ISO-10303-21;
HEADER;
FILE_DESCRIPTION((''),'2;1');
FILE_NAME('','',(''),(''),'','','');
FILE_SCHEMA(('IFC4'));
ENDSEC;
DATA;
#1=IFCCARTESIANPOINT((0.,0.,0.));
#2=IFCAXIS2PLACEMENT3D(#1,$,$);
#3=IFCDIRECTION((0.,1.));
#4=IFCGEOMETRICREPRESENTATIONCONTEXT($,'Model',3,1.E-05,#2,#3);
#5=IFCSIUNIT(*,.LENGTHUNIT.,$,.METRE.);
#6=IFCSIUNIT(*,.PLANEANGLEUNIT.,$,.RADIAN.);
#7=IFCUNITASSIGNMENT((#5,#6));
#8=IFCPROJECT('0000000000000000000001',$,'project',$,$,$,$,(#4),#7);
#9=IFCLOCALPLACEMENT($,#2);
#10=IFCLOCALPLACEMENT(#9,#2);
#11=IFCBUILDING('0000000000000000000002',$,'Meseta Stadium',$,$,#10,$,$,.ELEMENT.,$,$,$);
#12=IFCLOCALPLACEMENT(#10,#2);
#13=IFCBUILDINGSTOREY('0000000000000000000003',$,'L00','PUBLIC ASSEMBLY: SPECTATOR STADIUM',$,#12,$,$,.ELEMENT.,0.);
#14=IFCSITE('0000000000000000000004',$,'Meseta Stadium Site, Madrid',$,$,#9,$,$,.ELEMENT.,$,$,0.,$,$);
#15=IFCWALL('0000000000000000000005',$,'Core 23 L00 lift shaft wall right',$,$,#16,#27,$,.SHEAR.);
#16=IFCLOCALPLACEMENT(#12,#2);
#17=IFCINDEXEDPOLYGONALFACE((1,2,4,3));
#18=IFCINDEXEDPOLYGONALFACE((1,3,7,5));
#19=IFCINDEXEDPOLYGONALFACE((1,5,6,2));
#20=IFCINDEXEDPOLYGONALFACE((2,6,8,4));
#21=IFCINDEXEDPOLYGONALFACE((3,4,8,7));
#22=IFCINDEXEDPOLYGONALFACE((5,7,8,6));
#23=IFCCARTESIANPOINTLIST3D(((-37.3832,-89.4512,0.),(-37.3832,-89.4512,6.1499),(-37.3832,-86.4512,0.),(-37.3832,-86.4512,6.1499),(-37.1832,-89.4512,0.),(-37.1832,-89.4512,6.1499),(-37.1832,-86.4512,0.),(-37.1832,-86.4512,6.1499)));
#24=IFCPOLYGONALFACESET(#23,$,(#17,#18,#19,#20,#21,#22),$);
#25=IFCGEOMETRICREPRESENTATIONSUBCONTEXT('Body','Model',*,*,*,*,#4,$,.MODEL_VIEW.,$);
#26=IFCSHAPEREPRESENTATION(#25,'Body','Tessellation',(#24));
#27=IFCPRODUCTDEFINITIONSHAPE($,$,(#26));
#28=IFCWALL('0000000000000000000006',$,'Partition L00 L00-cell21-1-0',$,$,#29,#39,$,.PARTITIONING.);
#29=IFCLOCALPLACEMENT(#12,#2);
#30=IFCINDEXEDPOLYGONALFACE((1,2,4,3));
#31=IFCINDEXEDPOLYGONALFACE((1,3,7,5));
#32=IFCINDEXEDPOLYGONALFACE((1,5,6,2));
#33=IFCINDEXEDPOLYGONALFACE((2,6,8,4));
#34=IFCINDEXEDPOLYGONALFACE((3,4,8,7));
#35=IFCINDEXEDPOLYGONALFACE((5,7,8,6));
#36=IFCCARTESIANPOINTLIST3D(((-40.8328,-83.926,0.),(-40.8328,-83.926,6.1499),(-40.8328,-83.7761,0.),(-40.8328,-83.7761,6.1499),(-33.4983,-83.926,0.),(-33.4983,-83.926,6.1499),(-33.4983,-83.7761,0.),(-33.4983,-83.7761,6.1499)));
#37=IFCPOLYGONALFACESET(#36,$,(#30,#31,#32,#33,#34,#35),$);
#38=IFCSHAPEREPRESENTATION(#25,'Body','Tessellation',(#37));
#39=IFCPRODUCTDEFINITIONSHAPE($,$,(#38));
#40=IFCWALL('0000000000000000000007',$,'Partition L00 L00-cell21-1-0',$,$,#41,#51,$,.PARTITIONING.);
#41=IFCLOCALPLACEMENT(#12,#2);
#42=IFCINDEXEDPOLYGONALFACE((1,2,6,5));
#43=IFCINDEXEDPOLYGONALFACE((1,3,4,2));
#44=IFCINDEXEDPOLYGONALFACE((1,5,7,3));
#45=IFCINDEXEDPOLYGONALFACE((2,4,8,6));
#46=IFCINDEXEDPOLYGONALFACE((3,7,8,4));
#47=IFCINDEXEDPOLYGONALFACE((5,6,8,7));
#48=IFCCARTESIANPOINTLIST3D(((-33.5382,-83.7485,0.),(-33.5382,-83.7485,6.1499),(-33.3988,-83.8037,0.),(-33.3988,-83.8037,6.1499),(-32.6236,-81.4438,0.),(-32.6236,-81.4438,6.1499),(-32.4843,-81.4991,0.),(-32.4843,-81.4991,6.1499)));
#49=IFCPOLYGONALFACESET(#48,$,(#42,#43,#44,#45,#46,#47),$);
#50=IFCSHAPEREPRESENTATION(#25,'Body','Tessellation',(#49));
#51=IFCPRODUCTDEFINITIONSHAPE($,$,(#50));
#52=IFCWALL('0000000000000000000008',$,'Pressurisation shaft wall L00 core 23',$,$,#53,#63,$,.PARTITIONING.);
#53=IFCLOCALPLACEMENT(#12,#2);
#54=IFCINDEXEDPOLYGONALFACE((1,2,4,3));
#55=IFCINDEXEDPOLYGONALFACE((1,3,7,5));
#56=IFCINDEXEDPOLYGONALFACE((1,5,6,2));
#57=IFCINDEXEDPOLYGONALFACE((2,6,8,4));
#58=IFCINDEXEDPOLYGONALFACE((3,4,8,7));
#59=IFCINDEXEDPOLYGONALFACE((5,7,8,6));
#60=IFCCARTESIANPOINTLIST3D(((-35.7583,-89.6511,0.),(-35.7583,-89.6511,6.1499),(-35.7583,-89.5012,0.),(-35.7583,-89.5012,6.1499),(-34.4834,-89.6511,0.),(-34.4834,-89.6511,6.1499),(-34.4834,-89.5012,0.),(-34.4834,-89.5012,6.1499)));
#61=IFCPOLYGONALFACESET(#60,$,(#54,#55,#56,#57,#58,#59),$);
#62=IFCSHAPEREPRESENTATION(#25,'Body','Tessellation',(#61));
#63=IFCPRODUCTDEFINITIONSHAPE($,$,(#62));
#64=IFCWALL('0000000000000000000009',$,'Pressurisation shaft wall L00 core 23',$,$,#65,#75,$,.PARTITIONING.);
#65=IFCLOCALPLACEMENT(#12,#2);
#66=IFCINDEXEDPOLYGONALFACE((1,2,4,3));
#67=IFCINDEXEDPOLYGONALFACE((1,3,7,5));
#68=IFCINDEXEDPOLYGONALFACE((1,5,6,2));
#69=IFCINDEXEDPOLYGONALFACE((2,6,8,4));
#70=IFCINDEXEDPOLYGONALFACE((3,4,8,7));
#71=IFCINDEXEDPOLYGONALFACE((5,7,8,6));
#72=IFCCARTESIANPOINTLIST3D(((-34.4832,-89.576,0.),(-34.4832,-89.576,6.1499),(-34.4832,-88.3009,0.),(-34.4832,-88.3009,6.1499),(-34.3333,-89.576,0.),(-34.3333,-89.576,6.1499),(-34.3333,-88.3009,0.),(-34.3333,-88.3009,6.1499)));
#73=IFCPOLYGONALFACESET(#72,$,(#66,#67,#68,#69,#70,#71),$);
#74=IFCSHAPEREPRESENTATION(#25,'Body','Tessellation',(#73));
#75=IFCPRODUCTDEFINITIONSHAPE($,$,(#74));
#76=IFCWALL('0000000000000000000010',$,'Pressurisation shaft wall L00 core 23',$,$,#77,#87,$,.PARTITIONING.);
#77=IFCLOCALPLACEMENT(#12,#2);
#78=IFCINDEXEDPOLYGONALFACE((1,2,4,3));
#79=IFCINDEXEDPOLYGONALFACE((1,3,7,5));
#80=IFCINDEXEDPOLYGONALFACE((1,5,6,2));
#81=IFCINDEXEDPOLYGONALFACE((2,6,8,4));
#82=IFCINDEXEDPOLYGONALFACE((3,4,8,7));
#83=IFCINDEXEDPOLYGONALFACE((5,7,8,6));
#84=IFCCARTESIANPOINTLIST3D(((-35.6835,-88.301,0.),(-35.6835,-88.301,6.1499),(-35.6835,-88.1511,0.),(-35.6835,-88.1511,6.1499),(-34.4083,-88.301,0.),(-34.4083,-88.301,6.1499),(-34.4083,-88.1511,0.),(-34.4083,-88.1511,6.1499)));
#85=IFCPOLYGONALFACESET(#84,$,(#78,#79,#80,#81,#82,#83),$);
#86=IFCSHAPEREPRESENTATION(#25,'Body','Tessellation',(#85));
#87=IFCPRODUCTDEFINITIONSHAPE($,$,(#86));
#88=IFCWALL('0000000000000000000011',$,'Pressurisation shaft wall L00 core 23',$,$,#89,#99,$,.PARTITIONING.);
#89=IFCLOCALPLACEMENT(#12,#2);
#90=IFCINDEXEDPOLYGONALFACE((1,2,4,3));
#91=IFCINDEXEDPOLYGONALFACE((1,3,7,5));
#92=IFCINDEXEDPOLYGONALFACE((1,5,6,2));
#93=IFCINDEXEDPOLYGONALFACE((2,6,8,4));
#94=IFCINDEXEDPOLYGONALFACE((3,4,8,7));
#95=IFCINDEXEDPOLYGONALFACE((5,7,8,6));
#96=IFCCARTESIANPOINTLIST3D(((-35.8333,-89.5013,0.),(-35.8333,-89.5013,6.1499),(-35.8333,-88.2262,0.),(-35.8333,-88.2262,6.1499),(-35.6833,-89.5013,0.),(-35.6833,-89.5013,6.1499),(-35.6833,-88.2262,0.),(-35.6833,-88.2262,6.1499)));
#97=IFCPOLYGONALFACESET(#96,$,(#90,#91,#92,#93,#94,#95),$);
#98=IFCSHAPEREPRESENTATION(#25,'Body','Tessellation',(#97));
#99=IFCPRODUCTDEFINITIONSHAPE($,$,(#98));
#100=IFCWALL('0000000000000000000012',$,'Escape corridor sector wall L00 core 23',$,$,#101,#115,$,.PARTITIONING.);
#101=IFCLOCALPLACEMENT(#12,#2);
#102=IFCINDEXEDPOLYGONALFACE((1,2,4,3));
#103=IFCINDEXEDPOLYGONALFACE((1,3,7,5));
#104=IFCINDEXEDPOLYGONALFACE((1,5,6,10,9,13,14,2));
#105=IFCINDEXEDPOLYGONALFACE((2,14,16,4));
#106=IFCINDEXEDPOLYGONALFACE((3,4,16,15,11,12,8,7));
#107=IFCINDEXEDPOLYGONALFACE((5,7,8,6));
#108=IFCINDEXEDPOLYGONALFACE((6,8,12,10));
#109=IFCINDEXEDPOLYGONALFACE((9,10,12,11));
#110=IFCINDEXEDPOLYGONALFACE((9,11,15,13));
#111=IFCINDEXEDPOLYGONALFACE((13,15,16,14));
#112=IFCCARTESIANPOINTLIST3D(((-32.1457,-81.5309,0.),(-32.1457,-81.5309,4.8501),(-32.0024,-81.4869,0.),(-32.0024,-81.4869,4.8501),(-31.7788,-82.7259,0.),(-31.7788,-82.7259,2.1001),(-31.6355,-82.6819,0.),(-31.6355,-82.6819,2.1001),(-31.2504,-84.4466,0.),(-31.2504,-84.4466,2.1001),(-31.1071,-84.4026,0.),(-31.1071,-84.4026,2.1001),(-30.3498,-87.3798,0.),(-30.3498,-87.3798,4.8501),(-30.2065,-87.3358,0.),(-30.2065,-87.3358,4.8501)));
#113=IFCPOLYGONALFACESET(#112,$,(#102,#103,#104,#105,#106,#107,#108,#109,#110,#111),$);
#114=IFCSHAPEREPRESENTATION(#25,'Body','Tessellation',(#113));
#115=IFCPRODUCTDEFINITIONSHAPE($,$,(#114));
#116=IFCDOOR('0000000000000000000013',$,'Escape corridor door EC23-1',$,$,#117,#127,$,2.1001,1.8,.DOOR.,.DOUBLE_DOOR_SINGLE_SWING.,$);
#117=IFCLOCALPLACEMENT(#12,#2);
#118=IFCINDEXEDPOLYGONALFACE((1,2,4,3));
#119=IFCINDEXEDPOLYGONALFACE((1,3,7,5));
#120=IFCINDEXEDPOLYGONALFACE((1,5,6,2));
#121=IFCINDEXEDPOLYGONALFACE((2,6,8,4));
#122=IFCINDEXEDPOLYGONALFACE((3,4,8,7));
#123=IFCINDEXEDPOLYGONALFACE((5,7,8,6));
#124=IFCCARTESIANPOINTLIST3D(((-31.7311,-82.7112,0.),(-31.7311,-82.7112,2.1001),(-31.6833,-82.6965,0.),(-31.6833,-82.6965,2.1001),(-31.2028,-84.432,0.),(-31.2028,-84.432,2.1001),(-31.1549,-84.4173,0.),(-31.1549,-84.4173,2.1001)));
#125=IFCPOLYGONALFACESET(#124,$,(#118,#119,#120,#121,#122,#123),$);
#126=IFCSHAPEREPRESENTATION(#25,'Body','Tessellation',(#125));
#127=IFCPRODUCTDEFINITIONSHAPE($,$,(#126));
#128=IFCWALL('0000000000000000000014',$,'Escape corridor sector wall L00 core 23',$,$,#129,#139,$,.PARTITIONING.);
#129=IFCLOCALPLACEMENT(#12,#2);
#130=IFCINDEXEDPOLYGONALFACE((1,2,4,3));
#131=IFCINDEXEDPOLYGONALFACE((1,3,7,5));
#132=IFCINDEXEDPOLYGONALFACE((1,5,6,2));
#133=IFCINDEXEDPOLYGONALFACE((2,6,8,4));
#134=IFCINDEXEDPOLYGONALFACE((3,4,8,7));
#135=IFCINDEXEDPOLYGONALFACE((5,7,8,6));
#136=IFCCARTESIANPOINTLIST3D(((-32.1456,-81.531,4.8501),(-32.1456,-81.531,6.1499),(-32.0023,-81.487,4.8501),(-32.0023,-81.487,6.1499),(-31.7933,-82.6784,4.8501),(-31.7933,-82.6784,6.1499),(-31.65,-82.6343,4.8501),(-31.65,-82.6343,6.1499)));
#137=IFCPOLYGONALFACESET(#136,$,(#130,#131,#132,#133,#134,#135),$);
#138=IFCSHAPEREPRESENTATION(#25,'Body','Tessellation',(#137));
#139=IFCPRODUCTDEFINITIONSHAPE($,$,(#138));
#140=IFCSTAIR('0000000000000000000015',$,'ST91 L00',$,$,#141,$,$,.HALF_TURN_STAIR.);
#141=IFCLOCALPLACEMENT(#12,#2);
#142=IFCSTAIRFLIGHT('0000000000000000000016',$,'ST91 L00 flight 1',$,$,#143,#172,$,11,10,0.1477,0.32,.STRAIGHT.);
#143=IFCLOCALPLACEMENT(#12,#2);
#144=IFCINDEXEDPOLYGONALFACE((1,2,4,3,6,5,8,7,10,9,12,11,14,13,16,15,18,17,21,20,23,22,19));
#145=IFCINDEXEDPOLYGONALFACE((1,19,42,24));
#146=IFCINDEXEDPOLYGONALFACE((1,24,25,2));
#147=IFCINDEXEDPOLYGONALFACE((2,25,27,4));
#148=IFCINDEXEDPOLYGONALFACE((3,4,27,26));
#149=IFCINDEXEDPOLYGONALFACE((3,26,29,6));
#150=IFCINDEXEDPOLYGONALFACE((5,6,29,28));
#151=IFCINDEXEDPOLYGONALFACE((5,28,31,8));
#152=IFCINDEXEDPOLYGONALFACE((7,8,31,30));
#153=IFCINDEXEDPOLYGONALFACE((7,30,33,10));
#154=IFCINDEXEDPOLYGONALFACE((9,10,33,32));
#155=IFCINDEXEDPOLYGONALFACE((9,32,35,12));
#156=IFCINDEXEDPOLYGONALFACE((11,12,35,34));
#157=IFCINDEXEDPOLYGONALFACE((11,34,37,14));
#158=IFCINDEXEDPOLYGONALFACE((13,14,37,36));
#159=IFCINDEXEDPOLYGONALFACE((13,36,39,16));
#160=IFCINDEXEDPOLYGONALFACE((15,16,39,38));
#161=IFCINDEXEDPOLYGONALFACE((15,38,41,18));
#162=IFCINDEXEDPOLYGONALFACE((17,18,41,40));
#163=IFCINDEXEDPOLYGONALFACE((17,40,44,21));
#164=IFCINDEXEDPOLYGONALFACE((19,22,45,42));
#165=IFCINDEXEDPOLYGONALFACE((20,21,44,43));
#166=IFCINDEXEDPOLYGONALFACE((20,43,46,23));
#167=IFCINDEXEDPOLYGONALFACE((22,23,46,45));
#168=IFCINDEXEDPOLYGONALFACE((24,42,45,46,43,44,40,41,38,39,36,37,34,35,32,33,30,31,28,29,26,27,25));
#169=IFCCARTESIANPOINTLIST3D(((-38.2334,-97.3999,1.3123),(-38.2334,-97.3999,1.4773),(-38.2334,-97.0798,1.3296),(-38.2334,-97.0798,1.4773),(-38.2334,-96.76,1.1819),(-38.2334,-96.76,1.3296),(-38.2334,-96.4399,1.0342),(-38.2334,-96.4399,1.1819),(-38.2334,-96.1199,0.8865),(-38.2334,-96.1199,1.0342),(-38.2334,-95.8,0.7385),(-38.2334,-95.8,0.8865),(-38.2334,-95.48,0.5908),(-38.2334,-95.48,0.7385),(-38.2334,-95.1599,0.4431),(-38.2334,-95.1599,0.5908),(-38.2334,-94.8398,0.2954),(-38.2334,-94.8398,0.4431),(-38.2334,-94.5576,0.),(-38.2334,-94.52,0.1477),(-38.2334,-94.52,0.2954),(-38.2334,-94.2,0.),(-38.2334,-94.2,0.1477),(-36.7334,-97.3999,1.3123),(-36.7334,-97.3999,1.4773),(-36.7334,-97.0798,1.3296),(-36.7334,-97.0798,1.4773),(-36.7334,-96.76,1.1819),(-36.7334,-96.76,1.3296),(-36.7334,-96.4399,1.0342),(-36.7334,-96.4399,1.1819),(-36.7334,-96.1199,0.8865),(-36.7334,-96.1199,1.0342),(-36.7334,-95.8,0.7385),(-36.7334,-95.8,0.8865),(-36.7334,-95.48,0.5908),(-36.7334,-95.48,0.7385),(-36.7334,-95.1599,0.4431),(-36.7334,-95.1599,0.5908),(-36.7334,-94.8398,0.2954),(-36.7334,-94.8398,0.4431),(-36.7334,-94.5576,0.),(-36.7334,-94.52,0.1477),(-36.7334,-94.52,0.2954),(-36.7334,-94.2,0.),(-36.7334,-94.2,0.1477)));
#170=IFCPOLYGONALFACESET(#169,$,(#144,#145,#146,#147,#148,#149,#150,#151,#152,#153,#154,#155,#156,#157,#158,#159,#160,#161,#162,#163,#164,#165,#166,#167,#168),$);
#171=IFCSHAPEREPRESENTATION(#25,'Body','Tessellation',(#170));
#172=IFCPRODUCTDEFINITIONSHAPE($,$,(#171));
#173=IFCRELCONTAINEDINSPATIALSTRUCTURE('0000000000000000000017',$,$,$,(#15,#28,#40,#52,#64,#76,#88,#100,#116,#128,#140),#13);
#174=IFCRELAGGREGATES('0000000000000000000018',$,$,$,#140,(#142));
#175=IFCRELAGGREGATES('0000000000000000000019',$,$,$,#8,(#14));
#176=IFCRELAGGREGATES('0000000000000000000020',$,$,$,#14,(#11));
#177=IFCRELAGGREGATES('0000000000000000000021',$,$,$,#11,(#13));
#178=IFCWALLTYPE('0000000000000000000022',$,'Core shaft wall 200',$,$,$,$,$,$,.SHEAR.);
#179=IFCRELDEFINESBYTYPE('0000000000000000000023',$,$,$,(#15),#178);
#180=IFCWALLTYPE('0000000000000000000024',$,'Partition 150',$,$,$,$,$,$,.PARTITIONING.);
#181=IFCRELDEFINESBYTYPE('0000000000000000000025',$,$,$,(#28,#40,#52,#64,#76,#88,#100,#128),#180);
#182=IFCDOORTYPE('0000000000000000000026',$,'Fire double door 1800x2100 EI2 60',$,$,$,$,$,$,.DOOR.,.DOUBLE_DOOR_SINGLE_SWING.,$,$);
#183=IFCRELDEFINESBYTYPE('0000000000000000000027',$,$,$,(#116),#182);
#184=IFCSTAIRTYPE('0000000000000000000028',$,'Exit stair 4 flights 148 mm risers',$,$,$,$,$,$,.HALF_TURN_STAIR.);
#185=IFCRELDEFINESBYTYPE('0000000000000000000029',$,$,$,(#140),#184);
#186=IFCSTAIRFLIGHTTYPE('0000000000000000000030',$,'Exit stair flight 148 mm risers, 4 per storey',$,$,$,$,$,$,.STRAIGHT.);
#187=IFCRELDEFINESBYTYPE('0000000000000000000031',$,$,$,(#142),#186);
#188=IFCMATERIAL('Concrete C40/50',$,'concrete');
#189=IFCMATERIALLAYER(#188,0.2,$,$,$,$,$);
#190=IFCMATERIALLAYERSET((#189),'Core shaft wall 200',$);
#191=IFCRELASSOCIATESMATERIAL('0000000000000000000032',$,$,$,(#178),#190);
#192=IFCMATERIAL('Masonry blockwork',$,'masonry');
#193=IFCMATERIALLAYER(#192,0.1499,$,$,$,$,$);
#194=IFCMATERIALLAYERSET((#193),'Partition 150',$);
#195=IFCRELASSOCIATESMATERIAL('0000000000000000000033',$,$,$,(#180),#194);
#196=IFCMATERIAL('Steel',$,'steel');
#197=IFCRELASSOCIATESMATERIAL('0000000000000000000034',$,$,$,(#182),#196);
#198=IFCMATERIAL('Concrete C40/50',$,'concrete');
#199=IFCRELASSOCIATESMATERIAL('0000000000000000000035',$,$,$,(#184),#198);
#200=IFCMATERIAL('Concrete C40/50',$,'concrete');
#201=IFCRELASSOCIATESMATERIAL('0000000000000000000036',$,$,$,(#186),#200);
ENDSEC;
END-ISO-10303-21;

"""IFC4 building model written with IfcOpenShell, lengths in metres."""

from ifc_helpers import new_model, si_unit, direction, frame, frame_2d, origin, place, context, subcontext, project, spatial, polyline, rectangle, outline, extrude, material, layer, layer_set, type_object, element, fill, aggregate, save


model = new_model("IFC4")

# Units and contexts
model_context = context("Model", 3, precision=1e-05, world=origin(), true_north=direction((0.0, 1.0)))
body_context = subcontext(model_context, "Body", "Model", "MODEL_VIEW")
ifc_project = project(units=[si_unit("LENGTHUNIT", "METRE"), si_unit("PLANEANGLEUNIT", "RADIAN")], contexts=[model_context])

# Site, building, storey
site_placement = place(None, origin())
site = spatial("IfcSite", under=ifc_project, at=site_placement, Name="Meseta Stadium Site, Madrid", CompositionType="ELEMENT", RefElevation=0.0)
building_placement = place(site_placement, origin())
building = spatial("IfcBuilding", under=site, at=building_placement, Name="Meseta Stadium", CompositionType="ELEMENT")
storey_placement = place(building_placement, origin())
storey = spatial("IfcBuildingStorey", under=building, at=storey_placement, Name="L00", Description="PUBLIC ASSEMBLY: SPECTATOR STADIUM", CompositionType="ELEMENT", Elevation=0.0)

# Shared definitions
ifc_material_1 = material(Name="Concrete C40/50", Category="concrete")
ifc_layer_1 = layer(ifc_material_1, 0.2)
ifc_layer_set_1 = layer_set([ifc_layer_1], Name="Core shaft wall 200")
wall_type_1 = type_object("IfcWallType", Name="Core shaft wall 200", PredefinedType="SHEAR", material=ifc_layer_set_1)

# Walls
wall_1_placement = place(storey_placement, frame((-37.2832, -89.4512, 0.0), z_axis=(0.0, 0.0, 1.0), x_axis=(0.0, 1.0, 0.0)))
element("IfcWall", 1, at=wall_1_placement, inside=storey, type_object=wall_type_1, Name="Core 23 L00 lift shaft wall right", PredefinedType="SHEAR", context=body_context, shape_type="SweptSolid", body=[
    extrude(rectangle(XDim=3.0, YDim=0.2, at=frame_2d((1.5, 0.0))), origin(), (0.0, 0.0, 1.0), 6.1499),
])
ifc_material_2 = material(Name="Masonry blockwork", Category="masonry")
ifc_layer_2 = layer(ifc_material_2, 0.1499)
ifc_layer_set_2 = layer_set([ifc_layer_2], Name="Partition 150")
wall_type_2 = type_object("IfcWallType", Name="Partition 150", PredefinedType="PARTITIONING", material=ifc_layer_set_2)
wall_2_placement = place(storey_placement, frame((-33.4983, -83.8511, 0.0), z_axis=(0.0, 0.0, 1.0), x_axis=(-1.0, 0.0, 0.0)))
element("IfcWall", 2, at=wall_2_placement, inside=storey, type_object=wall_type_2, Name="Partition L00 L00-cell21-1-0", PredefinedType="PARTITIONING", context=body_context, shape_type="SweptSolid", body=[
    extrude(rectangle(XDim=7.3345, YDim=0.1499, at=frame_2d((3.6672, 0.0))), origin(), (0.0, 0.0, 1.0), 6.1499),
])
wall_3_placement = place(storey_placement, frame((-32.554, -81.4714, 0.0), z_axis=(0.0, 0.0, 1.0), x_axis=(-0.368843, -0.929492, 0.0)))
element("IfcWall", 3, at=wall_3_placement, inside=storey, type_object=wall_type_2, Name="Partition L00 L00-cell21-1-0", PredefinedType="PARTITIONING", context=body_context, shape_type="SweptSolid", body=[
    extrude(rectangle(XDim=2.4795, YDim=0.1499, at=frame_2d((1.2397, 0.0))), origin(), (0.0, 0.0, 1.0), 6.1499),
])
wall_4_placement = place(storey_placement, frame((-35.7583, -89.5762, 0.0), z_axis=(0.0, 0.0, 1.0), x_axis=(1.0, 0.0, 0.0)))
element("IfcWall", 4, at=wall_4_placement, inside=storey, type_object=wall_type_2, Name="Pressurisation shaft wall L00 core 23", PredefinedType="PARTITIONING", context=body_context, shape_type="SweptSolid", body=[
    extrude(rectangle(XDim=1.2749, YDim=0.1499, at=frame_2d((0.6375, 0.0))), origin(), (0.0, 0.0, 1.0), 6.1499),
])
for number, where, z_axis, x_axis, name in (
    (5, (-34.4082, -89.5762, 0.0), (0.0, 0.0, 1.0), (0.0, 1.0, 0.0), "Pressurisation shaft wall L00 core 23"),
    (6, (-34.4082, -88.2261, 0.0), (0.0, 0.0, 1.0), (-1.0, 0.0, 0.0), "Pressurisation shaft wall L00 core 23"),
    (7, (-35.7583, -88.2261, 0.0), (0.0, 0.0, 1.0), (0.0, -1.0, 0.0), "Pressurisation shaft wall L00 core 23"),
):
    element("IfcWall", number, at=place(storey_placement, frame(where, z_axis=z_axis, x_axis=x_axis)), inside=storey, type_object=wall_type_2, Name=name, PredefinedType="PARTITIONING", context=body_context, shape_type="SweptSolid", body=[
        extrude(rectangle(XDim=1.2751, YDim=0.1499, at=frame_2d((0.6377, 0.0))), origin(), (0.0, 0.0, 1.0), 6.1499),
    ])

# Wall, opening, door
wall_5_placement = place(storey_placement, frame((-32.074, -81.509, 0.0), z_axis=(0.0, 0.0, 1.0), x_axis=(0.293525, -0.955951, 0.0)))
wall_5 = element("IfcWall", 8, at=wall_5_placement, inside=storey, type_object=wall_type_2, Name="Escape corridor sector wall L00 core 23", PredefinedType="PARTITIONING", context=body_context, shape_type="SweptSolid", body=[
    extrude(rectangle(XDim=6.1184, YDim=0.1499, at=frame_2d((3.0591, 0.0))), origin(), (0.0, 0.0, 1.0), 4.8501),
])
opening_1_placement = place(wall_5_placement, frame((1.25, 0.0, 0.0)))
opening_1 = element("IfcOpeningElement", 9, at=opening_1_placement, cuts=wall_5, PredefinedType="OPENING", context=body_context, shape_type="SweptSolid", body=[
    extrude(rectangle(XDim=1.8, YDim=2.1001, at=frame_2d((0.8999, 1.05))), frame((0.0, 0.085, 0.0), z_axis=(0.0, -1.0, 0.0), x_axis=(1.0, 0.0, 0.0)), (0.0, 0.0, 1.0), 0.1699),
])
ifc_material_3 = material(Name="Steel", Category="steel")
door_type_1 = type_object("IfcDoorType", Name="Fire double door 1800x2100 EI2 60", OperationType="DOUBLE_DOOR_SINGLE_SWING", PredefinedType="DOOR", material=ifc_material_3)
door_1_placement = place(opening_1_placement, origin())
door_1 = element("IfcDoor", 10, at=door_1_placement, inside=storey, type_object=door_type_1, Name="Escape corridor door EC23-1", OperationType="DOUBLE_DOOR_SINGLE_SWING", OverallHeight=2.1001, OverallWidth=1.8, PredefinedType="DOOR", context=body_context, shape_type="SweptSolid", body=[
    extrude(rectangle(XDim=1.8, YDim=2.1001, at=frame_2d((0.8999, 1.05))), frame((0.0, 0.0249, 0.0), z_axis=(0.0, -1.0, 0.0), x_axis=(1.0, 0.0, 0.0)), (0.0, 0.0, 1.0), 0.05),
])
fill(opening_1, door_1)

# Wall
wall_6_placement = place(storey_placement, frame((-32.074, -81.509, 4.8501), z_axis=(0.0, 0.0, 1.0), x_axis=(0.293557, -0.955942, 0.0)))
element("IfcWall", 11, at=wall_6_placement, inside=storey, type_object=wall_type_2, Name="Escape corridor sector wall L00 core 23", PredefinedType="PARTITIONING", context=body_context, shape_type="SweptSolid", body=[
    extrude(rectangle(XDim=1.2002, YDim=0.1499, at=frame_2d((0.6001, 0.0))), origin(), (0.0, 0.0, 1.0), 1.2998),
])

# Stair, stair flight
ifc_material_4 = material(Name="Concrete C40/50", Category="concrete")
stair_type = type_object("IfcStairType", Name="Exit stair 4 flights 148 mm risers", PredefinedType="HALF_TURN_STAIR", material=ifc_material_4)
stair_1_placement = place(storey_placement, origin())
stair_1 = element("IfcStair", 12, at=stair_1_placement, inside=storey, type_object=stair_type, Name="ST91 L00", PredefinedType="HALF_TURN_STAIR")
ifc_material_5 = material(Name="Concrete C40/50", Category="concrete")
stair_flight_type = type_object("IfcStairFlightType", Name="Exit stair flight 148 mm risers, 4 per storey", PredefinedType="STRAIGHT", material=ifc_material_5)
stair_flight_1_placement = place(storey_placement, frame((-37.4834, -94.2, 0.0), z_axis=(0.0, 0.0, 1.0), x_axis=(0.0, -1.0, 0.0)))
stair_flight_1 = element("IfcStairFlight", 13, at=stair_flight_1_placement, type_object=stair_flight_type, Name="ST91 L00 flight 1", NumberOfRisers=11, NumberOfTreads=10, PredefinedType="STRAIGHT", RiserHeight=0.1477, TreadLength=0.32, context=body_context, shape_type="SweptSolid", body=[
    extrude(outline(polyline([(0.0, 0.0), (0.0, 0.1477), (0.3201, 0.1477), (0.3201, 0.2954), (0.6399, 0.2954), (0.6399, 0.4431), (0.96, 0.4431), (0.96, 0.5908), (1.28, 0.5908), (1.28, 0.7385), (1.6001, 0.7385), (1.6001, 0.8865), (1.9199, 0.8865), (1.9199, 1.0342), (2.24, 1.0342), (2.24, 1.1819), (2.5601, 1.1819), (2.5601, 1.3296), (2.8799, 1.3296), (2.8799, 1.4773), (3.2, 1.4773), (3.2, 1.3123), (0.3577, 0.0), (0.0, 0.0)])), frame((0.0, 0.75, 0.0), z_axis=(0.0, -1.0, 0.0), x_axis=(1.0, 0.0, 0.0)), (0.0, 0.0, 1.0), 1.5),
])
aggregate(stair_1, [stair_flight_1])

save(model, "model.ifc")
